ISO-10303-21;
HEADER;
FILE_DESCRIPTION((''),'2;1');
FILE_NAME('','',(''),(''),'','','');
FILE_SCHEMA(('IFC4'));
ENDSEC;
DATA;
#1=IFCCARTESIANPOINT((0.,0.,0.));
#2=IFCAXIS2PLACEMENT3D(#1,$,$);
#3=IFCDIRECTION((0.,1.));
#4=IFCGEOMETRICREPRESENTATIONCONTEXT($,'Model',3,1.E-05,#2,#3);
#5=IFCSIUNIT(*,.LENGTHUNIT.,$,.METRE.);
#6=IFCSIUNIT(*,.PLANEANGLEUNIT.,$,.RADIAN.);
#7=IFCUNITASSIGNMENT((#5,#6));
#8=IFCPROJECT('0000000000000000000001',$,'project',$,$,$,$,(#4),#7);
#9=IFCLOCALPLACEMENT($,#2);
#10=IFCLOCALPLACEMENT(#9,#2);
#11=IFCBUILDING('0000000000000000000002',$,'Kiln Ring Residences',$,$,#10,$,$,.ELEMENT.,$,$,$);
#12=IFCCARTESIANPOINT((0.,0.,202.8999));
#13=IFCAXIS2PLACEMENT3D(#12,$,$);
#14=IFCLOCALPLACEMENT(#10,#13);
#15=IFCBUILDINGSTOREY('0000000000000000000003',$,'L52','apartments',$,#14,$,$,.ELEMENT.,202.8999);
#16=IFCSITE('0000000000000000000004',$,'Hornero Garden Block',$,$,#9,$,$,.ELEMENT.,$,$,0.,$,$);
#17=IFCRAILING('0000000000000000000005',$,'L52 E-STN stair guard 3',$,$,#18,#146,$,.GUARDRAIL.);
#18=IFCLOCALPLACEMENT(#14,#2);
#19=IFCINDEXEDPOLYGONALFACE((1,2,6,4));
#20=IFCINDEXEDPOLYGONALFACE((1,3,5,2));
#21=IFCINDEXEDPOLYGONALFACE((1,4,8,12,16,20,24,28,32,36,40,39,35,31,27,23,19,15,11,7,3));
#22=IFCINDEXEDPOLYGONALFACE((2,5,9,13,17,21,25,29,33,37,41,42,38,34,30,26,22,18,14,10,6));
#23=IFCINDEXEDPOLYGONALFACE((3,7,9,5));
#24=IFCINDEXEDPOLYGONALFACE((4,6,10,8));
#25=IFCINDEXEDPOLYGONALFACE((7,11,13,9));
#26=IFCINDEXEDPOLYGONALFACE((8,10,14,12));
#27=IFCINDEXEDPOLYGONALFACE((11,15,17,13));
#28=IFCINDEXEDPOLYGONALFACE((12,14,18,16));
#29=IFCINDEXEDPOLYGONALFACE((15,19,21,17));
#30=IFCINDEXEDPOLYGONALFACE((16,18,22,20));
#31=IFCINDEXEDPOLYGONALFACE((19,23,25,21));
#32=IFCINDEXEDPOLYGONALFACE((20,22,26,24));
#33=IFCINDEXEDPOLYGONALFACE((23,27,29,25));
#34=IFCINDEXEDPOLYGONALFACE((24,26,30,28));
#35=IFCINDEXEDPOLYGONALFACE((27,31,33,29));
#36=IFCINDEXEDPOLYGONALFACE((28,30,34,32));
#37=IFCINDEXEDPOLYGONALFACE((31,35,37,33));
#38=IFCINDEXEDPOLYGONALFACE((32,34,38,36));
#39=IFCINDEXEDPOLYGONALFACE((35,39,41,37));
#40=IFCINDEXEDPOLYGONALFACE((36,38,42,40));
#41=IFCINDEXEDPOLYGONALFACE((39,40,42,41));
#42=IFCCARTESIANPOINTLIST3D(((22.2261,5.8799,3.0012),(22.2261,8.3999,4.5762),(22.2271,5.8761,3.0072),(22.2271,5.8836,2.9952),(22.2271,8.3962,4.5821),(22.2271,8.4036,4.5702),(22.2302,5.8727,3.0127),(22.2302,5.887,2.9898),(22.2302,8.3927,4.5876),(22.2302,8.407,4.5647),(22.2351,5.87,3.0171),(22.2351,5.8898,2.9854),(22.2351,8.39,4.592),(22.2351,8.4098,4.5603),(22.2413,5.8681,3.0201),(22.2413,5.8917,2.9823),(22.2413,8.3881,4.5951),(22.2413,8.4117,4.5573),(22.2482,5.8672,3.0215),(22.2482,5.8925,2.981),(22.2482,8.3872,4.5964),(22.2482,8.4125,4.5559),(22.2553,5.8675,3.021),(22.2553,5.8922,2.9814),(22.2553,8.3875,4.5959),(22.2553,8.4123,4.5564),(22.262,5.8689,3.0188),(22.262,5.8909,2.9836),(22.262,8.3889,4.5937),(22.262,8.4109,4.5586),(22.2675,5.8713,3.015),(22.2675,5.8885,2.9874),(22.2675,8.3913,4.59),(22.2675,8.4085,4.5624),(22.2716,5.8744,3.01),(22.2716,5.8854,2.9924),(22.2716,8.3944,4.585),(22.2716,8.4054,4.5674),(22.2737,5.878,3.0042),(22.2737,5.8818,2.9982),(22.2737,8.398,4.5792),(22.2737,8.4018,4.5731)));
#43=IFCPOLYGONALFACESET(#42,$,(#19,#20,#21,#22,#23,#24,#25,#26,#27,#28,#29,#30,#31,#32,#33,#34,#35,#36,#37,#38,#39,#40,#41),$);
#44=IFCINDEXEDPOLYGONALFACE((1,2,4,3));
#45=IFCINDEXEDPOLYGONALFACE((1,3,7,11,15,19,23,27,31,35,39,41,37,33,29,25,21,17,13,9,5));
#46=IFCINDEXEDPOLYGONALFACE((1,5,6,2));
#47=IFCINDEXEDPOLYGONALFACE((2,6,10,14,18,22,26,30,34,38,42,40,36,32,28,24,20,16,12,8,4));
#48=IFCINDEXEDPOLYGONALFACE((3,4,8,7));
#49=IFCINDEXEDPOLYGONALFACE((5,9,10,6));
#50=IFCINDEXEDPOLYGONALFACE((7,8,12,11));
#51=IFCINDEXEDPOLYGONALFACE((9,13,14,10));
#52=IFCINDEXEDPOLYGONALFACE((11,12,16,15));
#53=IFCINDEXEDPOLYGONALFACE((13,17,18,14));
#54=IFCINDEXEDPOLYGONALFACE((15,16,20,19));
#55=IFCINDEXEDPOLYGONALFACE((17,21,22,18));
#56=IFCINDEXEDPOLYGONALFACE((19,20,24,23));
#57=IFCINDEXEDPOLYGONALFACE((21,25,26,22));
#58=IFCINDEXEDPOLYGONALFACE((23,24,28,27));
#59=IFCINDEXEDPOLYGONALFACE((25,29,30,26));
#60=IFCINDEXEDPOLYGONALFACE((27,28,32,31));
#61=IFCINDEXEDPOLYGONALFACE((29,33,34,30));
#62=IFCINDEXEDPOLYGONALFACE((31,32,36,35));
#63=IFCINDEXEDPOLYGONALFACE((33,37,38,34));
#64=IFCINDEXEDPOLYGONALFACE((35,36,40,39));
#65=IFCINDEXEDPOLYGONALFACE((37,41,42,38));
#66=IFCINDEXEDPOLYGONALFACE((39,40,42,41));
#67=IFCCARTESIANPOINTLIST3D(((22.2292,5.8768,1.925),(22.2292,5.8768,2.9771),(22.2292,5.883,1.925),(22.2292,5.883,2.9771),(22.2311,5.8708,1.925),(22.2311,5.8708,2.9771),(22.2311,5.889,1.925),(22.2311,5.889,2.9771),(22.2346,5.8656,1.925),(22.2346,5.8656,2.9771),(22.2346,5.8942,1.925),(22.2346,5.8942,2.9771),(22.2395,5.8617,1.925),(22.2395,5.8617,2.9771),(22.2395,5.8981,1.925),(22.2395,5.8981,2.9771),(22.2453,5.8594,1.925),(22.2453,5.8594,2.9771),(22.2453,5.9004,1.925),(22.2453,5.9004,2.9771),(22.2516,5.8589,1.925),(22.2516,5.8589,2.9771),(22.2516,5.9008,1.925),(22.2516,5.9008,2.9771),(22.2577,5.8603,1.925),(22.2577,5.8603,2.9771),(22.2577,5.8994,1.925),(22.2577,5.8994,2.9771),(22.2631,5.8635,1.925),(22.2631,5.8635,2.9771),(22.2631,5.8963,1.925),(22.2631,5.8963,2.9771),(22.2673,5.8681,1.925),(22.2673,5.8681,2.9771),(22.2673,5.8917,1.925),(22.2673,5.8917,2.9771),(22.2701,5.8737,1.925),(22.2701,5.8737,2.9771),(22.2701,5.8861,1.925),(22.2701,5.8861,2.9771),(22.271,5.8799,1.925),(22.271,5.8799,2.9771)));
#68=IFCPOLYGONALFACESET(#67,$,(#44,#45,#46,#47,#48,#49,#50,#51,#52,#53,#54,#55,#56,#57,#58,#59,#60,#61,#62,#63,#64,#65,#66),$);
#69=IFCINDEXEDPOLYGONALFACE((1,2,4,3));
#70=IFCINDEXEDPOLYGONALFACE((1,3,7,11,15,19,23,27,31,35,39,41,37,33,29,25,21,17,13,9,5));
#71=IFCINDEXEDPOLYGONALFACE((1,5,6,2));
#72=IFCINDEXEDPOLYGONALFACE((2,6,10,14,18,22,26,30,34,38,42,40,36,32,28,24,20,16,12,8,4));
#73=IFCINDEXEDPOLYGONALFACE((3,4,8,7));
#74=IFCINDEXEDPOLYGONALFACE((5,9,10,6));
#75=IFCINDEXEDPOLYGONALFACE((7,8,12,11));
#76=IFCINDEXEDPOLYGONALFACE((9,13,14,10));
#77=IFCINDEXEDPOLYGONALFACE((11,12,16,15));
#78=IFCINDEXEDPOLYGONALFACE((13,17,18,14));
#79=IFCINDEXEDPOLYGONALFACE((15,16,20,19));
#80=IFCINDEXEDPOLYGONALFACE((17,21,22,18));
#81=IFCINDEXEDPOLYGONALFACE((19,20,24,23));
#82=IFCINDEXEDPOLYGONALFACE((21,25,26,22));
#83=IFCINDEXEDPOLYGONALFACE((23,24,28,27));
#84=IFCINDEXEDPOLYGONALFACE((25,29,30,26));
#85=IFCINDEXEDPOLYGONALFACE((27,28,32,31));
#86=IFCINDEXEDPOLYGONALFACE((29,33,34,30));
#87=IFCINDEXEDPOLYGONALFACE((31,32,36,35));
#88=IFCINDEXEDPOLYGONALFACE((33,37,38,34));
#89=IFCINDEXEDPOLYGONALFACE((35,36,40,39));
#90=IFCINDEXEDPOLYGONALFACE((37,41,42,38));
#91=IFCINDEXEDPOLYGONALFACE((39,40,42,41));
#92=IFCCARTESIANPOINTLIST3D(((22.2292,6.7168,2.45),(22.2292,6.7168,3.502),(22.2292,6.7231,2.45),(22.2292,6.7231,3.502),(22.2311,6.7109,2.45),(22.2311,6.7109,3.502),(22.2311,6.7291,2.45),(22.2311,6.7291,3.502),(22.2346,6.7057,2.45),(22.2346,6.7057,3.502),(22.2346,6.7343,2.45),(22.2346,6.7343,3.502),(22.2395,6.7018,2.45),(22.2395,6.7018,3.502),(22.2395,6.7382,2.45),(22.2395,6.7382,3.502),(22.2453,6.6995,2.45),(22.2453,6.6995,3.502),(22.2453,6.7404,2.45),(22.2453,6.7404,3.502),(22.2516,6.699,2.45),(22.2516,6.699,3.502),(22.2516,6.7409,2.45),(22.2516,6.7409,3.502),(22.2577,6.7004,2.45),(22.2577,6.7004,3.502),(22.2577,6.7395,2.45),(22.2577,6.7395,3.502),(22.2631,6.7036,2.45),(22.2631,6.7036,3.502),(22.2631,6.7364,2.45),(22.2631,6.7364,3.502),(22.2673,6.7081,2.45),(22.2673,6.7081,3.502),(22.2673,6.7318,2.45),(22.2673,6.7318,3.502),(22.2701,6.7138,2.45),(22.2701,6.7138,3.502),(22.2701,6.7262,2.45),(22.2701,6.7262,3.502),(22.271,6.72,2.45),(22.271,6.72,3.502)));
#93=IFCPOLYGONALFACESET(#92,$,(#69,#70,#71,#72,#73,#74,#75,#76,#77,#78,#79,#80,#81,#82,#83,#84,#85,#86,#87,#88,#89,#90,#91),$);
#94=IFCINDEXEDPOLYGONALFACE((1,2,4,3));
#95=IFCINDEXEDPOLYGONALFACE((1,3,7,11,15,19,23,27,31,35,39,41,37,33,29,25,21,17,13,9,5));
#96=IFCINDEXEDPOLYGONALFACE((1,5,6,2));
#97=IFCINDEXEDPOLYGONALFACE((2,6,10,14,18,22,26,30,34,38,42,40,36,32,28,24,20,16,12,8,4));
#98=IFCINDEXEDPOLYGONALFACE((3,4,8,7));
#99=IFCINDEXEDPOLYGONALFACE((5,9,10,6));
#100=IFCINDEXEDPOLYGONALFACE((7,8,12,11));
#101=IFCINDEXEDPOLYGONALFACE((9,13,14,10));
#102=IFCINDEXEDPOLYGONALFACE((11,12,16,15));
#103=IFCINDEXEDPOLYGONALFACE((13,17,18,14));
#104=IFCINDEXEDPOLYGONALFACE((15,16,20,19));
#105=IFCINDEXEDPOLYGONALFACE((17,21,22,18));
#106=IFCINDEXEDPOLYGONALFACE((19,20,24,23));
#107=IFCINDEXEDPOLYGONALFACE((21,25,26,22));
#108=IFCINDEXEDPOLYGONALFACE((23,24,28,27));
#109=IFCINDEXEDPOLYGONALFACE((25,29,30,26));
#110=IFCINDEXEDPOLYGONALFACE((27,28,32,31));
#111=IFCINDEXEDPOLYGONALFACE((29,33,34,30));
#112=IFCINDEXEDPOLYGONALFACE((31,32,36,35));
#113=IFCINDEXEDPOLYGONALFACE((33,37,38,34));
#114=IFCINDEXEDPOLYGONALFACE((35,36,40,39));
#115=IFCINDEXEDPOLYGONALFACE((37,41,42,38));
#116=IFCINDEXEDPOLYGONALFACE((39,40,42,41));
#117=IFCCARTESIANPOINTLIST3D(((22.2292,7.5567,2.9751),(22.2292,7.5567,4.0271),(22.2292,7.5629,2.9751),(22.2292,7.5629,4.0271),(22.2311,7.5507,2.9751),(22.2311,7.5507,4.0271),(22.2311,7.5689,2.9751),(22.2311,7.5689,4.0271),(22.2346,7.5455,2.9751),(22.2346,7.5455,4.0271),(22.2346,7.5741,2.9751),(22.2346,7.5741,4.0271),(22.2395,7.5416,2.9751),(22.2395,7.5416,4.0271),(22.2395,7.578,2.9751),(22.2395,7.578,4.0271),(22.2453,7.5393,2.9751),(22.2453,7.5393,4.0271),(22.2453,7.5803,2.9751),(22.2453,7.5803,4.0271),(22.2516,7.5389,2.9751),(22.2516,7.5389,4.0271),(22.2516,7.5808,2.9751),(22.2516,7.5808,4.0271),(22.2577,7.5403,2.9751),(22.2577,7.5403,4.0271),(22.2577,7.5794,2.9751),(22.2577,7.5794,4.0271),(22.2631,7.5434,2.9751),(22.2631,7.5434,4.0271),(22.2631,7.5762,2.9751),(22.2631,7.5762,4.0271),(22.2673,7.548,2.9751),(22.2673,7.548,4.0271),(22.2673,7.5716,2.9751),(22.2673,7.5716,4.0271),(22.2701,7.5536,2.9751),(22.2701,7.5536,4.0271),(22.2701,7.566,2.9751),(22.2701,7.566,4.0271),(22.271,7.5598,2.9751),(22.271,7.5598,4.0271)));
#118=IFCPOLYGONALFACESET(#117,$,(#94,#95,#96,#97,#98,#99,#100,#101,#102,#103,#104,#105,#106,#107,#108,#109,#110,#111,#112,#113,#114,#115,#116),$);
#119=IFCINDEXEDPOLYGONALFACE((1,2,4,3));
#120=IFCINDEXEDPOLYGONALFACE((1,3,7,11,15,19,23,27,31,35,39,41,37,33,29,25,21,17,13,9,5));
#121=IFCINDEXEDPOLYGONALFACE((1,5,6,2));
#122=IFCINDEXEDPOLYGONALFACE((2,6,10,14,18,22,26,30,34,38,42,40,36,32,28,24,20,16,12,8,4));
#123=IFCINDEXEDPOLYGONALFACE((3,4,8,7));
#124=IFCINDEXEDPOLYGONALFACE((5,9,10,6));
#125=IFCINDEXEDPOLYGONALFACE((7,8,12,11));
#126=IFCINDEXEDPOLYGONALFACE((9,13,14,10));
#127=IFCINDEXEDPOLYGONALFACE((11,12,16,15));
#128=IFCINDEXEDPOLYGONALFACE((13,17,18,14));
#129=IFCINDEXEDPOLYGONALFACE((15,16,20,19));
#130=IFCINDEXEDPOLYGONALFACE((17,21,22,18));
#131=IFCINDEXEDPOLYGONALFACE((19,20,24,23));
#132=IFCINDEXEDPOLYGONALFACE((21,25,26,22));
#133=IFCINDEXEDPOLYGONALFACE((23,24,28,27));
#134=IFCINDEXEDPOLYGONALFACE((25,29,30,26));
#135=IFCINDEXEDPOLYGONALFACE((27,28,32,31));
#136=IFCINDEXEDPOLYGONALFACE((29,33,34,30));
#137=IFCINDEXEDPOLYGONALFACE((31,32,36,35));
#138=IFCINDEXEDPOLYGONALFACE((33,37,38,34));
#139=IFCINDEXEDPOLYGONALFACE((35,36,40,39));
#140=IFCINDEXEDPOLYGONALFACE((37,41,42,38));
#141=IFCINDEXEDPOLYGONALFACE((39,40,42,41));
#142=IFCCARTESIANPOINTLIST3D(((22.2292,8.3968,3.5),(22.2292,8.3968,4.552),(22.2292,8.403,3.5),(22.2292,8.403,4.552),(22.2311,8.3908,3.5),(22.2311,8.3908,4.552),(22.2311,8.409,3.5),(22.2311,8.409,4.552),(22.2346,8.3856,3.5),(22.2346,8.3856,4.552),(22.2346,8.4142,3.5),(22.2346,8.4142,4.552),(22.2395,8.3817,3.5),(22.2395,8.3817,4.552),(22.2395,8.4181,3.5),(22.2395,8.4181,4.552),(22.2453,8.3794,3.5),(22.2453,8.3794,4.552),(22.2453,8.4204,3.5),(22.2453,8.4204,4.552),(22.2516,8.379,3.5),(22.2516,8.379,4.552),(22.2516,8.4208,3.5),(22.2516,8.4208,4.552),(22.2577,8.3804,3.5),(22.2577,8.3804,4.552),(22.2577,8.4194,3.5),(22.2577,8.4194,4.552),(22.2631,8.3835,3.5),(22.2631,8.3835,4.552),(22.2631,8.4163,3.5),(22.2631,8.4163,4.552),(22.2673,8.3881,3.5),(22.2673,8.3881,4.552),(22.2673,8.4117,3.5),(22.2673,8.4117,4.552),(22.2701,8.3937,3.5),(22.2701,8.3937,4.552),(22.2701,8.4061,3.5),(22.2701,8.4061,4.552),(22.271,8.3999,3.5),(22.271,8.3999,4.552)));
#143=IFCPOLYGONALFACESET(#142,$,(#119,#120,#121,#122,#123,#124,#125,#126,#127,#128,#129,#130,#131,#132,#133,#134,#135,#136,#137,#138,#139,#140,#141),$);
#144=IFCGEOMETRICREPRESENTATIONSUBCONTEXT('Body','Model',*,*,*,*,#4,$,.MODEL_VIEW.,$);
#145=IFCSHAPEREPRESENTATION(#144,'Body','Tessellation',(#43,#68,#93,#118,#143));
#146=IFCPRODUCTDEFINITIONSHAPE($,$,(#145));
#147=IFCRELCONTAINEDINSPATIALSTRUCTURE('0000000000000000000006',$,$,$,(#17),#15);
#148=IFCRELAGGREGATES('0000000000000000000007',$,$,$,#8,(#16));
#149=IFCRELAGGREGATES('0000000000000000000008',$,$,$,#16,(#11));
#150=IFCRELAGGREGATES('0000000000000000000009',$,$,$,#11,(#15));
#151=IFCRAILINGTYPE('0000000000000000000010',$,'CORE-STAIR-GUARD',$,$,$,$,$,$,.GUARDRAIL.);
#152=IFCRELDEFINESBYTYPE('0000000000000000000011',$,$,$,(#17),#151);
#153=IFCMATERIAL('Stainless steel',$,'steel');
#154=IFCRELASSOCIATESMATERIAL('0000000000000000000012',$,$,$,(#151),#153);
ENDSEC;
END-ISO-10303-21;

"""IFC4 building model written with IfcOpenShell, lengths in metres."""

from ifc_helpers import new_model, si_unit, direction, frame, origin, origin_2d, place, context, subcontext, project, spatial, circle, extrude, material, type_object, element, save


model = new_model("IFC4")

# Units and contexts
model_context = context("Model", 3, precision=1e-05, world=origin(), true_north=direction((0.0, 1.0)))
body_context = subcontext(model_context, "Body", "Model", "MODEL_VIEW")
ifc_project = project(units=[si_unit("LENGTHUNIT", "METRE"), si_unit("PLANEANGLEUNIT", "RADIAN")], contexts=[model_context])

# Site, building, storey
site_placement = place(None, origin())
site = spatial("IfcSite", under=ifc_project, at=site_placement, Name="Hornero Garden Block", CompositionType="ELEMENT", RefElevation=0.0)
building_placement = place(site_placement, origin())
building = spatial("IfcBuilding", under=site, at=building_placement, Name="Kiln Ring Residences", CompositionType="ELEMENT")
storey_placement = place(building_placement, frame((0.0, 0.0, 202.8999)))
storey = spatial("IfcBuildingStorey", under=building, at=storey_placement, Name="L52", Description="apartments", CompositionType="ELEMENT", Elevation=202.8999)

# Railing
ifc_material_1 = material(Name="Stainless steel", Category="steel")
railing_type_1 = type_object("IfcRailingType", Name="CORE-STAIR-GUARD", PredefinedType="GUARDRAIL", material=ifc_material_1)
railing_1_placement = place(storey_placement, frame((22.25, 5.8799, 1.925)))
element("IfcRailing", 1, at=railing_1_placement, inside=storey, type_object=railing_type_1, Name="L52 E-STN stair guard 3", PredefinedType="GUARDRAIL", context=body_context, shape_type="SweptSolid", body=[
    extrude(circle(Radius=0.0239, at=origin_2d()), frame((0.0, 0.0, 1.0762), z_axis=(0.0, 0.848008, 0.529984), x_axis=(-1.0, 0.0, 0.0)), (0.0, 0.0, 1.0), 2.9717),
    extrude(circle(Radius=0.021, at=origin_2d()), origin(), (0.0, 0.0, 1.0), 1.052),
    extrude(circle(Radius=0.021, at=origin_2d()), frame((0.0, 0.8401, 0.5249)), (0.0, 0.0, 1.0), 1.052),
    extrude(circle(Radius=0.021, at=origin_2d()), frame((0.0, 1.6799, 1.05)), (0.0, 0.0, 1.0), 1.052),
    extrude(circle(Radius=0.021, at=origin_2d()), frame((0.0, 2.52, 1.575)), (0.0, 0.0, 1.0), 1.052),
])

save(model, "model.ifc")
